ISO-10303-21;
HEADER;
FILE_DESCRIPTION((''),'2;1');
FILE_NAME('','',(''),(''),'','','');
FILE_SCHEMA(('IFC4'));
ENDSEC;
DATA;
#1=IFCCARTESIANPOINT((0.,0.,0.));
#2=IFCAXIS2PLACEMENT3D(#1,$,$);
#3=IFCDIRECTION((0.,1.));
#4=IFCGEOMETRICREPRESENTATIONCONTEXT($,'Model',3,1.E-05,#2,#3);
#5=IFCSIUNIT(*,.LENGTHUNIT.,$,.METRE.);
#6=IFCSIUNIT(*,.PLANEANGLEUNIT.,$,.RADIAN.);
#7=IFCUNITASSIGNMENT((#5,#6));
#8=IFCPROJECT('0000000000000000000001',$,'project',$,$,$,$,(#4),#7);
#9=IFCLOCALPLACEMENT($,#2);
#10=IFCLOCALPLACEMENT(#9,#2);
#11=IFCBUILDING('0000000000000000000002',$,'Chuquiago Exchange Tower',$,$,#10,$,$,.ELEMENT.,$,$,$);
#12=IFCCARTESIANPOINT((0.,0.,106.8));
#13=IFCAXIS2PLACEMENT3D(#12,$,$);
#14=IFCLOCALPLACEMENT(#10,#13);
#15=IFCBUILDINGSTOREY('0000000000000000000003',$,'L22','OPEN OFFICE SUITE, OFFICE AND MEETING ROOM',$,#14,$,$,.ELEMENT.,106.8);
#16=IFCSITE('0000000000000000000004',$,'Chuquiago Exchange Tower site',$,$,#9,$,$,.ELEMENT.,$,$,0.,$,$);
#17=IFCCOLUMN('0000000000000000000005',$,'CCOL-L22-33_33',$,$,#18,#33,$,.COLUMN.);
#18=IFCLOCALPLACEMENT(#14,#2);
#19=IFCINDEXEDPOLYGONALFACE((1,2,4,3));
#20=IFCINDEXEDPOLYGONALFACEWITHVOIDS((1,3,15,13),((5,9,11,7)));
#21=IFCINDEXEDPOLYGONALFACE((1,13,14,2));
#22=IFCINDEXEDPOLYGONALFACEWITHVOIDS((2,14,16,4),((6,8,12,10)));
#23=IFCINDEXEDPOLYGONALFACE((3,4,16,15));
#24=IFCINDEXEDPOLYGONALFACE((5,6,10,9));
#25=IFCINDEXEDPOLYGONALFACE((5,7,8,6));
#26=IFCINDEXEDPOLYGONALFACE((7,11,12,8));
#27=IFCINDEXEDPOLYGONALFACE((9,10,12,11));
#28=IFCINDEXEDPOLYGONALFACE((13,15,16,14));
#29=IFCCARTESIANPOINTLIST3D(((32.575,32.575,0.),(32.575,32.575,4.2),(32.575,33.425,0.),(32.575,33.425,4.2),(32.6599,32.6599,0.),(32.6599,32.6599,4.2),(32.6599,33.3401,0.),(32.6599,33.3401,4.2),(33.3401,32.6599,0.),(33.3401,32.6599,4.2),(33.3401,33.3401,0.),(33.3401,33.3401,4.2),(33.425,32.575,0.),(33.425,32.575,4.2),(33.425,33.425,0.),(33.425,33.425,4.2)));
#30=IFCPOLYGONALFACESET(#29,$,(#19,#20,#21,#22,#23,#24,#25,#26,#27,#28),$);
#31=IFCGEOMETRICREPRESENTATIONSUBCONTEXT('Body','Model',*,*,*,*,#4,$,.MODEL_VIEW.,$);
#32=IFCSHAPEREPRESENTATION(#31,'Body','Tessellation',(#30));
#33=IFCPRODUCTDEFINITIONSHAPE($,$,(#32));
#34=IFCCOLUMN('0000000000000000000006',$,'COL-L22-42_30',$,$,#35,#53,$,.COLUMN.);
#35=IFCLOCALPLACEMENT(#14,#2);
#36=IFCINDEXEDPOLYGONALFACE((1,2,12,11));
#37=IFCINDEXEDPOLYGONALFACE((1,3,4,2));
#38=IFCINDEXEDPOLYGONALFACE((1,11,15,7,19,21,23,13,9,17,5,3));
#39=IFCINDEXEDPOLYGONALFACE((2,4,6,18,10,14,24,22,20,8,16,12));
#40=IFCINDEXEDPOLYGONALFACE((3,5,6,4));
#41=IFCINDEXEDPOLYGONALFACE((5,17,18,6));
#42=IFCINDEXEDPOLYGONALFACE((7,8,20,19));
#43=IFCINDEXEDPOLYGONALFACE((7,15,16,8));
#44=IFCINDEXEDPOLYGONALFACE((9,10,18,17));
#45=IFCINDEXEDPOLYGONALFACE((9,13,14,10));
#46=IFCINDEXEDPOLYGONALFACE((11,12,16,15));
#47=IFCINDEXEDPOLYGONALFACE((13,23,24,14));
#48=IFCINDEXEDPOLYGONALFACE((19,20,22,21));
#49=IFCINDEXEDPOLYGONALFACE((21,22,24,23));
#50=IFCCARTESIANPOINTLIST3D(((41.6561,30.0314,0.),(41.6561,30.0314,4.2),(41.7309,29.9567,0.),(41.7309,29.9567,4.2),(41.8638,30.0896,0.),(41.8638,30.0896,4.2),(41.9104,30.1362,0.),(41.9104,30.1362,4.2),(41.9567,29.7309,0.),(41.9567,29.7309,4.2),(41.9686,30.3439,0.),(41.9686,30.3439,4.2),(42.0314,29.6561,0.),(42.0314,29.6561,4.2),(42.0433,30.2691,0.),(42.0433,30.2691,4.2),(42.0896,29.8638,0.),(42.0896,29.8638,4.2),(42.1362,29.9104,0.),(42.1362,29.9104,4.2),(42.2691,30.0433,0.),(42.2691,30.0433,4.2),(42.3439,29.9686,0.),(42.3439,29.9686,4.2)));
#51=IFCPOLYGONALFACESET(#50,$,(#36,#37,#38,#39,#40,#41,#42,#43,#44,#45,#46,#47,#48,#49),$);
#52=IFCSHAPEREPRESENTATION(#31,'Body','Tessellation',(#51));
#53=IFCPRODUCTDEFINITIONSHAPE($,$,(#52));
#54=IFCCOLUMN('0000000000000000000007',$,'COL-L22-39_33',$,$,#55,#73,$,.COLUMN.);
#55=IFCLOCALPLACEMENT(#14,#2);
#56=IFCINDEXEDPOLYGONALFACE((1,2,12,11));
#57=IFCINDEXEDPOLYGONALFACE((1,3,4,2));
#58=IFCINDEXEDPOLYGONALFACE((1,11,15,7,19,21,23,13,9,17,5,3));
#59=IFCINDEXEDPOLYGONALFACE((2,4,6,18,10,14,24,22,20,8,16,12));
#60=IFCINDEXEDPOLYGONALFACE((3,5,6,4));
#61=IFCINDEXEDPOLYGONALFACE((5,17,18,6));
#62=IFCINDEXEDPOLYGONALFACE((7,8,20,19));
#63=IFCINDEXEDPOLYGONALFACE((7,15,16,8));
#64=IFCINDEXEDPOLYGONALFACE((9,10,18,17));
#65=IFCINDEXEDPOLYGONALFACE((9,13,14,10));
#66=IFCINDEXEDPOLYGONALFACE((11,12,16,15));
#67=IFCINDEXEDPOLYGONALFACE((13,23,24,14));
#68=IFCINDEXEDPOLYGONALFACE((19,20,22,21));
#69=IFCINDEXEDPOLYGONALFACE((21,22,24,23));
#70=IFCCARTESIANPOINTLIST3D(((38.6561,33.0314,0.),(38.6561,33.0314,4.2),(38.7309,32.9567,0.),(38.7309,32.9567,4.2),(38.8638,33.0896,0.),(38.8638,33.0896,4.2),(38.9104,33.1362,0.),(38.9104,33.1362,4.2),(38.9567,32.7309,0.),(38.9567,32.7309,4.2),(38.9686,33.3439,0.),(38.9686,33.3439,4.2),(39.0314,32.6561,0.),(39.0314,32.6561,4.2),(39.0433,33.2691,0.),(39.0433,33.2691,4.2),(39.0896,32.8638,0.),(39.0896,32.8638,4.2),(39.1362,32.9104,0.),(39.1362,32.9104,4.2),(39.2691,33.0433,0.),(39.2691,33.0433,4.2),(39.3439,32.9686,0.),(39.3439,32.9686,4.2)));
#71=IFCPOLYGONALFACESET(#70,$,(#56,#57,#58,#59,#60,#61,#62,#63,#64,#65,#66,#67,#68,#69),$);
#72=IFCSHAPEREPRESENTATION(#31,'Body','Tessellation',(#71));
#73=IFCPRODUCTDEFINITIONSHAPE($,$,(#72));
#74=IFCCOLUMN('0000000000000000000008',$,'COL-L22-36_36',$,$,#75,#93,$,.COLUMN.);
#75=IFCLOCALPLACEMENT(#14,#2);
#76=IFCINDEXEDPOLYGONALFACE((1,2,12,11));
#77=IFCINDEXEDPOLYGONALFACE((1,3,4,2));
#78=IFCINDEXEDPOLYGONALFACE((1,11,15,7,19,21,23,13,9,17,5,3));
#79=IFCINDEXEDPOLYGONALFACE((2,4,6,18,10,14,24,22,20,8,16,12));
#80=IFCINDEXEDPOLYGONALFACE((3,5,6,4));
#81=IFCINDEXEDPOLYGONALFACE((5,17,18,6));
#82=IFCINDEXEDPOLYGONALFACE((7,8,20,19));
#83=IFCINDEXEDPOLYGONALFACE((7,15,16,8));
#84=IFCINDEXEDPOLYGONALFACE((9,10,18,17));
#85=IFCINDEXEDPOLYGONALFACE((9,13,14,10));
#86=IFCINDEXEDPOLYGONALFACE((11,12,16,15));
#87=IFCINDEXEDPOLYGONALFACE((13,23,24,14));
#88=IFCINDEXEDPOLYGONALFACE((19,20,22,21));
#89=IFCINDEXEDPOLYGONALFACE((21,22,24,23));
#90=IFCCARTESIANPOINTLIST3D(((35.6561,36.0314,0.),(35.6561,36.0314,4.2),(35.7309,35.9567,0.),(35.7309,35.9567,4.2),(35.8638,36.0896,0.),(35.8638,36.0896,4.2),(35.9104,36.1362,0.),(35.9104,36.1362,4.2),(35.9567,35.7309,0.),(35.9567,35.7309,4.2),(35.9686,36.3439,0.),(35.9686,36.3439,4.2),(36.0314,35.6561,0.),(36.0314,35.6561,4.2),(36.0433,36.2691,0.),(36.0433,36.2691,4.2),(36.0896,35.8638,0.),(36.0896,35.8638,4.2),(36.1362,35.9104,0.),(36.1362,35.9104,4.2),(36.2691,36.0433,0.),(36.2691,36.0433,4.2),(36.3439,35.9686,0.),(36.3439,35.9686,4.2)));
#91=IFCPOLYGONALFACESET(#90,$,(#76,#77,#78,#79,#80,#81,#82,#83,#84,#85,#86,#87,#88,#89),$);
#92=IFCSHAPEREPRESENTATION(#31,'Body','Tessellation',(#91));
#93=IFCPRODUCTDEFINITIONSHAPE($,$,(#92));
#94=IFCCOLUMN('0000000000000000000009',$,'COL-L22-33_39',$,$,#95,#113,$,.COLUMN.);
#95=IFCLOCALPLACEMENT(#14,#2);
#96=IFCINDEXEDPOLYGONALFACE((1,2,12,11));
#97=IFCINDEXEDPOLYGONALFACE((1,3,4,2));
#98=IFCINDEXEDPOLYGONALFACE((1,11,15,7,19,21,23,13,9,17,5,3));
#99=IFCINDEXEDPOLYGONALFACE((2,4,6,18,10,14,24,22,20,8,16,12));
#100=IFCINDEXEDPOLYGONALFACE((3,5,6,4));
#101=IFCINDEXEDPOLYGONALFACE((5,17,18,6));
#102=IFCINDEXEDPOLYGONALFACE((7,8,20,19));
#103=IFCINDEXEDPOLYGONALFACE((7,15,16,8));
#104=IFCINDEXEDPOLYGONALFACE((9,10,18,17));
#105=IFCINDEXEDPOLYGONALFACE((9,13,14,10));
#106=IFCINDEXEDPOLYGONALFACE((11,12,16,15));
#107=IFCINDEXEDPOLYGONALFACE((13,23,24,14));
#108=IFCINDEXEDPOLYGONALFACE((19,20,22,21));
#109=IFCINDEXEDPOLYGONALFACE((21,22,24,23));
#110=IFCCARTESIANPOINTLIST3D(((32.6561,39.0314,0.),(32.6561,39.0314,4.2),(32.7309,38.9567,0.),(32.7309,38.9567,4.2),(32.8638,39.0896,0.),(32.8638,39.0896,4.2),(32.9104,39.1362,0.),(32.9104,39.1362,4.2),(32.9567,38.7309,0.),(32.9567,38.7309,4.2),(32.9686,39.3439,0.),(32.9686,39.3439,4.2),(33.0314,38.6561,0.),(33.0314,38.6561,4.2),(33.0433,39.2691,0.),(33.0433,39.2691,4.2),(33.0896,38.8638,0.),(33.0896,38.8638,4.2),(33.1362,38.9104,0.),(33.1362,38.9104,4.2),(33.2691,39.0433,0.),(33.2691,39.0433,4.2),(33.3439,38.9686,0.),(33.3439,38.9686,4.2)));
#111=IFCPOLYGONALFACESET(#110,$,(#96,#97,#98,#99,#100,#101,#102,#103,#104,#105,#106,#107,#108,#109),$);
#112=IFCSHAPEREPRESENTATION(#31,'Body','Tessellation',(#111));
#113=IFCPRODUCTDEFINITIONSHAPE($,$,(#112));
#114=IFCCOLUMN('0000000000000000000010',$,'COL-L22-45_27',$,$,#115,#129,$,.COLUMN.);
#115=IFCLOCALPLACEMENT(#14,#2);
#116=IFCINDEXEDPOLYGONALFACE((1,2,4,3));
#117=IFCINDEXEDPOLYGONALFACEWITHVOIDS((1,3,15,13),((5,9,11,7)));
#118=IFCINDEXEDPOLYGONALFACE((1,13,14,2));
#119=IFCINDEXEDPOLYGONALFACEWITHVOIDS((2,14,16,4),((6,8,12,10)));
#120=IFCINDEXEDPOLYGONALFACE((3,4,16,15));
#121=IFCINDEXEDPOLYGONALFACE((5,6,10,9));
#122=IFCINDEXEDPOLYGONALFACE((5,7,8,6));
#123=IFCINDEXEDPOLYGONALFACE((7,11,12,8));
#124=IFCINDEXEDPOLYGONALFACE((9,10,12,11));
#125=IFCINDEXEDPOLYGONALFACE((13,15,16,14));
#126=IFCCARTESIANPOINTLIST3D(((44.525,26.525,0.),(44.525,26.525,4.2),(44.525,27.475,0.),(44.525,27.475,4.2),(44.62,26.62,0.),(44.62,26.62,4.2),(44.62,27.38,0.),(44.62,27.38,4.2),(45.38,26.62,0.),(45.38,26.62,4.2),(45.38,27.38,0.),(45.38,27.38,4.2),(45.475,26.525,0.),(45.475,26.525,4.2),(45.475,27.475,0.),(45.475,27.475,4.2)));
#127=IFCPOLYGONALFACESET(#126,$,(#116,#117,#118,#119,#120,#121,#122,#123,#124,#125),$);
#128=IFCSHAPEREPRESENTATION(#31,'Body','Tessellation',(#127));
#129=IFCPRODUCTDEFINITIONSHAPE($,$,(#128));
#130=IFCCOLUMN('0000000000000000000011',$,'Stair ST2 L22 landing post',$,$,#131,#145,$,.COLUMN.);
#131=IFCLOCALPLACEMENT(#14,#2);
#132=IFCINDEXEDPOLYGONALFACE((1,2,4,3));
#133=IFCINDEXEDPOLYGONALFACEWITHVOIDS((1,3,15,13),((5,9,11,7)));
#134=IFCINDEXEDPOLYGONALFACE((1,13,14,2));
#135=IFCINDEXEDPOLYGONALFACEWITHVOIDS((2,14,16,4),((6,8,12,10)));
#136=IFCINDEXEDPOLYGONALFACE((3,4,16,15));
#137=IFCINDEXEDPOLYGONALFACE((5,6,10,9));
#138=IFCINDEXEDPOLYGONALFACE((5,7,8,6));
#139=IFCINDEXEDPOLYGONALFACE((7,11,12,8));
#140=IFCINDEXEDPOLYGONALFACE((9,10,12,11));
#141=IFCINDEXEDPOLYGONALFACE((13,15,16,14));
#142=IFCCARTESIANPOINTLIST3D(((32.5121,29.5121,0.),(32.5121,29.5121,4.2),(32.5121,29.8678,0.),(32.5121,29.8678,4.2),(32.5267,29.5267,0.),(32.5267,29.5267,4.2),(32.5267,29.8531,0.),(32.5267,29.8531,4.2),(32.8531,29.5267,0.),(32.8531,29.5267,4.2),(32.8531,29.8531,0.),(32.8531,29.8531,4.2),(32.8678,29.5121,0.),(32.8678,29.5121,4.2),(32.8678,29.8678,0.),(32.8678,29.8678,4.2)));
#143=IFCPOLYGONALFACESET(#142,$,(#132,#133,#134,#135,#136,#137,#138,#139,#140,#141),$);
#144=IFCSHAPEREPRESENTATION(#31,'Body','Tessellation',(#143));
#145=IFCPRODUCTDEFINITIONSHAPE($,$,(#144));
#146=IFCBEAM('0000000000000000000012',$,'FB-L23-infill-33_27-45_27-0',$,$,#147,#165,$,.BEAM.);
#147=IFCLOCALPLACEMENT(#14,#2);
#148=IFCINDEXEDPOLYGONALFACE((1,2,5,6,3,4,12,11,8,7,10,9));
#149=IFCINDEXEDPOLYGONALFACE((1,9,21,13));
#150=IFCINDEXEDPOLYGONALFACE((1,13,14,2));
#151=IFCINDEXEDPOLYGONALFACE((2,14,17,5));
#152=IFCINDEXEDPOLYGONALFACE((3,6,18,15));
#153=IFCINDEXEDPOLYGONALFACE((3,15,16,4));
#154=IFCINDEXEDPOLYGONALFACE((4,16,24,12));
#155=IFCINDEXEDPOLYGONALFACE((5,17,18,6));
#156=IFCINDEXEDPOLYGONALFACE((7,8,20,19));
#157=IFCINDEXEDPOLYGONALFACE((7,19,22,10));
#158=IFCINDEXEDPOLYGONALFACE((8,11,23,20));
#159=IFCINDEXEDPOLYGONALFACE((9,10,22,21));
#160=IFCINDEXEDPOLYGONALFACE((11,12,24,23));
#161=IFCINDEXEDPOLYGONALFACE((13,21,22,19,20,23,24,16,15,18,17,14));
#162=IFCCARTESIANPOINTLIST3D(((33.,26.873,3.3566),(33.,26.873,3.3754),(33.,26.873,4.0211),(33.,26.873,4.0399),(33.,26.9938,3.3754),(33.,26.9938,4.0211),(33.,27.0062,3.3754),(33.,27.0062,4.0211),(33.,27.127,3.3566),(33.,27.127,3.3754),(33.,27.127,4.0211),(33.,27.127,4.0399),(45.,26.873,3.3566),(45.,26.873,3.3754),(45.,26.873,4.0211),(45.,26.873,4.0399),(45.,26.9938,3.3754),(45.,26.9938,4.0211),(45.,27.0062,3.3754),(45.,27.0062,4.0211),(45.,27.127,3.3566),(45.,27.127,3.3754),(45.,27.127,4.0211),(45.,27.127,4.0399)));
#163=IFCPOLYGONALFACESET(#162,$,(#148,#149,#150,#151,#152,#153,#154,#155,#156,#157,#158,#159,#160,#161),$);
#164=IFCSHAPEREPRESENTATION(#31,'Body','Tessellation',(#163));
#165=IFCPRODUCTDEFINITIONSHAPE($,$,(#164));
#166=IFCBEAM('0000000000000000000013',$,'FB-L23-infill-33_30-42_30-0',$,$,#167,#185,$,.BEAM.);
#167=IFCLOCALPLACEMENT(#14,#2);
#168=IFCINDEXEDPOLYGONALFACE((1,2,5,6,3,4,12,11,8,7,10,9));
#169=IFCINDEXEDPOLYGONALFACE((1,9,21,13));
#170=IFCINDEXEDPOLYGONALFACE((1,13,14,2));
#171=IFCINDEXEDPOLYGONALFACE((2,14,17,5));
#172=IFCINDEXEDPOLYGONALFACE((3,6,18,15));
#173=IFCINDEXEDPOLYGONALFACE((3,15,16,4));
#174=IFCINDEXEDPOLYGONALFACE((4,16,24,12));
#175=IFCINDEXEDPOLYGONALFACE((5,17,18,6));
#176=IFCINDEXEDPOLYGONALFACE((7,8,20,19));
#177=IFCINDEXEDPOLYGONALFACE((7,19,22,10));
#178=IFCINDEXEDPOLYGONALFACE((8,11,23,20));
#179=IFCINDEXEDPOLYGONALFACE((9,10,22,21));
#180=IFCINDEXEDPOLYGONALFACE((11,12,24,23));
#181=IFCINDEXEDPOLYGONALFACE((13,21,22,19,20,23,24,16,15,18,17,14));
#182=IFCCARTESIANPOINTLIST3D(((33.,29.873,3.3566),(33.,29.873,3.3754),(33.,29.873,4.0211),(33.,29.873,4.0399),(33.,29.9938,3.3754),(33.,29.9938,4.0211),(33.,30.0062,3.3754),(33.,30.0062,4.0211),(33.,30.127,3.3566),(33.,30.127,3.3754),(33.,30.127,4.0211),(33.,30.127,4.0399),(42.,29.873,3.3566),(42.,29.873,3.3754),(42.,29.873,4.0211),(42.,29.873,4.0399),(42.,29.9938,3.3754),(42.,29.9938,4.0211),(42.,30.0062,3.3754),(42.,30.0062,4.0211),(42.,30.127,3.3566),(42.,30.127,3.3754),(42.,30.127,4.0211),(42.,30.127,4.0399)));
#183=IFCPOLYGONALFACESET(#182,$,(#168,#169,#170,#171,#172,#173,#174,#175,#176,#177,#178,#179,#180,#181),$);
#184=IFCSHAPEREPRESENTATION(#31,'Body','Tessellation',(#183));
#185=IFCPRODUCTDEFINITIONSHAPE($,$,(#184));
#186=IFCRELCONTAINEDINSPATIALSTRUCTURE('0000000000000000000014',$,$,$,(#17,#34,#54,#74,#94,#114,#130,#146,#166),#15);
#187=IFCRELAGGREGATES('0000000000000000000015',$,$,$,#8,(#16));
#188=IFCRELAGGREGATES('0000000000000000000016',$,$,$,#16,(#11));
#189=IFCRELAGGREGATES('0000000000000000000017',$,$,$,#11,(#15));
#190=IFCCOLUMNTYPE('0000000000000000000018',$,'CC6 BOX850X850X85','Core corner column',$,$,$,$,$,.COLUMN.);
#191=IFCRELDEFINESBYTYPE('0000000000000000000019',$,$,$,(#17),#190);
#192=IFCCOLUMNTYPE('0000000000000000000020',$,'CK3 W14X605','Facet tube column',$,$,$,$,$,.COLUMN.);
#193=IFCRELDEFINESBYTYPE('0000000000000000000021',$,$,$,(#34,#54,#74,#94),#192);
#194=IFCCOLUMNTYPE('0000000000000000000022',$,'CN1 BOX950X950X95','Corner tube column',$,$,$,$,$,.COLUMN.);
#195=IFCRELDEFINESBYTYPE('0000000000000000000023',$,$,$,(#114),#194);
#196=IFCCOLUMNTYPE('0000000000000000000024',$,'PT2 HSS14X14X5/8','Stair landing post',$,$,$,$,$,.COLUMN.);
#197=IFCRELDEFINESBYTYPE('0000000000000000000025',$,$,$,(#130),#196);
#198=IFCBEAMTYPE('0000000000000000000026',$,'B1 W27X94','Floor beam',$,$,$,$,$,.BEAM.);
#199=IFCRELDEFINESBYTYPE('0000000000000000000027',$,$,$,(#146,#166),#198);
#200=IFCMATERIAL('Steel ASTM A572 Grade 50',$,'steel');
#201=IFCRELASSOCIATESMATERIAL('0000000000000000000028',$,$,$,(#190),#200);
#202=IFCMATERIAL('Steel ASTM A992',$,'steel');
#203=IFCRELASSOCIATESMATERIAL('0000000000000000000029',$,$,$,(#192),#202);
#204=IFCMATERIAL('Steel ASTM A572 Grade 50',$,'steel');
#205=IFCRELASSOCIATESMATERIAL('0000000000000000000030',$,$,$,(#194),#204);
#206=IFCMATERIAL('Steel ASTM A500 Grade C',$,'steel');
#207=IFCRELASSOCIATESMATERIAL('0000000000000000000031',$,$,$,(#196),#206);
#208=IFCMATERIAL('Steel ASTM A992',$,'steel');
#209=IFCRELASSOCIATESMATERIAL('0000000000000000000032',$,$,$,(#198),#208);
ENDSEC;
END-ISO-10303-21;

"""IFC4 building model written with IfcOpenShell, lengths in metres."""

from ifc_helpers import new_model, si_unit, direction, frame, origin, origin_2d, place, context, subcontext, project, spatial, hollow_rectangle, i_section, extrude, material, material_profile, profile_set, type_object, element, save


model = new_model("IFC4")

# Units and contexts
model_context = context("Model", 3, precision=1e-05, world=origin(), true_north=direction((0.0, 1.0)))
body_context = subcontext(model_context, "Body", "Model", "MODEL_VIEW")
ifc_project = project(units=[si_unit("LENGTHUNIT", "METRE"), si_unit("PLANEANGLEUNIT", "RADIAN")], contexts=[model_context])

# Site, building, storey
site_placement = place(None, origin())
site = spatial("IfcSite", under=ifc_project, at=site_placement, Name="Chuquiago Exchange Tower site", CompositionType="ELEMENT", RefElevation=0.0)
building_placement = place(site_placement, origin())
building = spatial("IfcBuilding", under=site, at=building_placement, Name="Chuquiago Exchange Tower", CompositionType="ELEMENT")
storey_placement = place(building_placement, frame((0.0, 0.0, 106.8)))
storey = spatial("IfcBuildingStorey", under=building, at=storey_placement, Name="L22", Description="OPEN OFFICE SUITE, OFFICE AND MEETING ROOM", CompositionType="ELEMENT", Elevation=106.8)

# Columns
ifc_material_1 = material(Name="Steel ASTM A572 Grade 50", Category="steel")
ifc_material_profile_1 = material_profile(ifc_material_1, hollow_rectangle(XDim=0.8501, YDim=0.8501, WallThickness=0.085, at=origin_2d()), Name="BOX850X850X85")
ifc_profile_set_1 = profile_set([ifc_material_profile_1], Name="Steel ASTM A572 Grade 50")
column_type_1 = type_object("IfcColumnType", Name="CC6 BOX850X850X85", Description="Core corner column", PredefinedType="COLUMN", material=ifc_profile_set_1)
column_1_placement = place(storey_placement, frame((33.0, 33.0, 0.0), z_axis=(0.0, 0.0, 1.0), x_axis=(1.0, 0.0, 0.0)))
element("IfcColumn", 1, at=column_1_placement, inside=storey, type_object=column_type_1, Name="CCOL-L22-33_33", PredefinedType="COLUMN", context=body_context, shape_type="SweptSolid", body=[
    extrude(hollow_rectangle(XDim=0.8501, YDim=0.8501, WallThickness=0.085, at=origin_2d()), origin(), (0.0, 0.0, 1.0), 4.2),
])
ifc_material_2 = material(Name="Steel ASTM A992", Category="steel")
ifc_material_profile_2 = material_profile(ifc_material_2, i_section(OverallWidth=0.4419, OverallDepth=0.5308, WebThickness=0.0659, FlangeThickness=0.1057, at=origin_2d()), Name="W14X605")
ifc_profile_set_2 = profile_set([ifc_material_profile_2], Name="Steel ASTM A992")
column_type_2 = type_object("IfcColumnType", Name="CK3 W14X605", Description="Facet tube column", PredefinedType="COLUMN", material=ifc_profile_set_2)
for number, where, z_axis, x_axis, name in (
    (2, (42.0, 30.0, 0.0), (0.0, 0.0, 1.0), (0.707107, 0.707107, 0.0), "COL-L22-42_30"),
    (3, (39.0, 33.0, 0.0), (0.0, 0.0, 1.0), (0.707107, 0.707107, 0.0), "COL-L22-39_33"),
    (4, (36.0, 36.0, 0.0), (0.0, 0.0, 1.0), (0.707107, 0.707107, 0.0), "COL-L22-36_36"),
    (5, (33.0, 39.0, 0.0), (0.0, 0.0, 1.0), (0.707107, 0.707107, 0.0), "COL-L22-33_39"),
):
    element("IfcColumn", number, at=place(storey_placement, frame(where, z_axis=z_axis, x_axis=x_axis)), inside=storey, type_object=column_type_2, Name=name, PredefinedType="COLUMN", context=body_context, shape_type="SweptSolid", body=[
        extrude(i_section(OverallWidth=0.4419, OverallDepth=0.5308, WebThickness=0.0659, FlangeThickness=0.1057, at=origin_2d()), origin(), (0.0, 0.0, 1.0), 4.2),
    ])
ifc_material_3 = material(Name="Steel ASTM A572 Grade 50", Category="steel")
ifc_material_profile_3 = material_profile(ifc_material_3, hollow_rectangle(XDim=0.95, YDim=0.95, WallThickness=0.095, at=origin_2d()), Name="BOX950X950X95")
ifc_profile_set_3 = profile_set([ifc_material_profile_3], Name="Steel ASTM A572 Grade 50")
column_type_3 = type_object("IfcColumnType", Name="CN1 BOX950X950X95", Description="Corner tube column", PredefinedType="COLUMN", material=ifc_profile_set_3)
column_2_placement = place(storey_placement, frame((45.0, 27.0, 0.0), z_axis=(0.0, 0.0, 1.0), x_axis=(1.0, 0.0, 0.0)))
element("IfcColumn", 6, at=column_2_placement, inside=storey, type_object=column_type_3, Name="COL-L22-45_27", PredefinedType="COLUMN", context=body_context, shape_type="SweptSolid", body=[
    extrude(hollow_rectangle(XDim=0.95, YDim=0.95, WallThickness=0.095, at=origin_2d()), origin(), (0.0, 0.0, 1.0), 4.2),
])
ifc_material_4 = material(Name="Steel ASTM A500 Grade C", Category="steel")
ifc_material_profile_4 = material_profile(ifc_material_4, hollow_rectangle(XDim=0.3557, YDim=0.3557, WallThickness=0.0146, at=origin_2d()), Name="HSS14X14X5/8")
ifc_profile_set_4 = profile_set([ifc_material_profile_4], Name="Steel ASTM A500 Grade C")
column_type_4 = type_object("IfcColumnType", Name="PT2 HSS14X14X5/8", Description="Stair landing post", PredefinedType="COLUMN", material=ifc_profile_set_4)
column_3_placement = place(storey_placement, frame((32.6899, 29.6899, 0.0), z_axis=(0.0, 0.0, 1.0), x_axis=(1.0, 0.0, 0.0)))
element("IfcColumn", 7, at=column_3_placement, inside=storey, type_object=column_type_4, Name="Stair ST2 L22 landing post", PredefinedType="COLUMN", context=body_context, shape_type="SweptSolid", body=[
    extrude(hollow_rectangle(XDim=0.3557, YDim=0.3557, WallThickness=0.0146, at=origin_2d()), origin(), (0.0, 0.0, 1.0), 4.2),
])

# Beams
ifc_material_5 = material(Name="Steel ASTM A992", Category="steel")
ifc_material_profile_5 = material_profile(ifc_material_5, i_section(OverallWidth=0.2539, OverallDepth=0.6833, WebThickness=0.0125, FlangeThickness=0.0188, at=origin_2d()), Name="W27X94")
ifc_profile_set_5 = profile_set([ifc_material_profile_5], Name="Steel ASTM A992")
beam_type_1 = type_object("IfcBeamType", Name="B1 W27X94", Description="Floor beam", PredefinedType="BEAM", material=ifc_profile_set_5)
beam_1_placement = place(storey_placement, frame((33.0, 27.0, 3.6982), z_axis=(1.0, 0.0, 0.0), x_axis=(0.0, 1.0, 0.0)))
element("IfcBeam", 8, at=beam_1_placement, inside=storey, type_object=beam_type_1, Name="FB-L23-infill-33_27-45_27-0", PredefinedType="BEAM", context=body_context, shape_type="SweptSolid", body=[
    extrude(i_section(OverallWidth=0.2539, OverallDepth=0.6833, WebThickness=0.0125, FlangeThickness=0.0188, at=origin_2d()), origin(), (0.0, 0.0, 1.0), 12.0),
])
beam_2_placement = place(storey_placement, frame((33.0, 30.0, 3.6982), z_axis=(1.0, 0.0, 0.0), x_axis=(0.0, 1.0, 0.0)))
element("IfcBeam", 9, at=beam_2_placement, inside=storey, type_object=beam_type_1, Name="FB-L23-infill-33_30-42_30-0", PredefinedType="BEAM", context=body_context, shape_type="SweptSolid", body=[
    extrude(i_section(OverallWidth=0.2539, OverallDepth=0.6833, WebThickness=0.0125, FlangeThickness=0.0188, at=origin_2d()), origin(), (0.0, 0.0, 1.0), 9.0),
])

save(model, "model.ifc")
